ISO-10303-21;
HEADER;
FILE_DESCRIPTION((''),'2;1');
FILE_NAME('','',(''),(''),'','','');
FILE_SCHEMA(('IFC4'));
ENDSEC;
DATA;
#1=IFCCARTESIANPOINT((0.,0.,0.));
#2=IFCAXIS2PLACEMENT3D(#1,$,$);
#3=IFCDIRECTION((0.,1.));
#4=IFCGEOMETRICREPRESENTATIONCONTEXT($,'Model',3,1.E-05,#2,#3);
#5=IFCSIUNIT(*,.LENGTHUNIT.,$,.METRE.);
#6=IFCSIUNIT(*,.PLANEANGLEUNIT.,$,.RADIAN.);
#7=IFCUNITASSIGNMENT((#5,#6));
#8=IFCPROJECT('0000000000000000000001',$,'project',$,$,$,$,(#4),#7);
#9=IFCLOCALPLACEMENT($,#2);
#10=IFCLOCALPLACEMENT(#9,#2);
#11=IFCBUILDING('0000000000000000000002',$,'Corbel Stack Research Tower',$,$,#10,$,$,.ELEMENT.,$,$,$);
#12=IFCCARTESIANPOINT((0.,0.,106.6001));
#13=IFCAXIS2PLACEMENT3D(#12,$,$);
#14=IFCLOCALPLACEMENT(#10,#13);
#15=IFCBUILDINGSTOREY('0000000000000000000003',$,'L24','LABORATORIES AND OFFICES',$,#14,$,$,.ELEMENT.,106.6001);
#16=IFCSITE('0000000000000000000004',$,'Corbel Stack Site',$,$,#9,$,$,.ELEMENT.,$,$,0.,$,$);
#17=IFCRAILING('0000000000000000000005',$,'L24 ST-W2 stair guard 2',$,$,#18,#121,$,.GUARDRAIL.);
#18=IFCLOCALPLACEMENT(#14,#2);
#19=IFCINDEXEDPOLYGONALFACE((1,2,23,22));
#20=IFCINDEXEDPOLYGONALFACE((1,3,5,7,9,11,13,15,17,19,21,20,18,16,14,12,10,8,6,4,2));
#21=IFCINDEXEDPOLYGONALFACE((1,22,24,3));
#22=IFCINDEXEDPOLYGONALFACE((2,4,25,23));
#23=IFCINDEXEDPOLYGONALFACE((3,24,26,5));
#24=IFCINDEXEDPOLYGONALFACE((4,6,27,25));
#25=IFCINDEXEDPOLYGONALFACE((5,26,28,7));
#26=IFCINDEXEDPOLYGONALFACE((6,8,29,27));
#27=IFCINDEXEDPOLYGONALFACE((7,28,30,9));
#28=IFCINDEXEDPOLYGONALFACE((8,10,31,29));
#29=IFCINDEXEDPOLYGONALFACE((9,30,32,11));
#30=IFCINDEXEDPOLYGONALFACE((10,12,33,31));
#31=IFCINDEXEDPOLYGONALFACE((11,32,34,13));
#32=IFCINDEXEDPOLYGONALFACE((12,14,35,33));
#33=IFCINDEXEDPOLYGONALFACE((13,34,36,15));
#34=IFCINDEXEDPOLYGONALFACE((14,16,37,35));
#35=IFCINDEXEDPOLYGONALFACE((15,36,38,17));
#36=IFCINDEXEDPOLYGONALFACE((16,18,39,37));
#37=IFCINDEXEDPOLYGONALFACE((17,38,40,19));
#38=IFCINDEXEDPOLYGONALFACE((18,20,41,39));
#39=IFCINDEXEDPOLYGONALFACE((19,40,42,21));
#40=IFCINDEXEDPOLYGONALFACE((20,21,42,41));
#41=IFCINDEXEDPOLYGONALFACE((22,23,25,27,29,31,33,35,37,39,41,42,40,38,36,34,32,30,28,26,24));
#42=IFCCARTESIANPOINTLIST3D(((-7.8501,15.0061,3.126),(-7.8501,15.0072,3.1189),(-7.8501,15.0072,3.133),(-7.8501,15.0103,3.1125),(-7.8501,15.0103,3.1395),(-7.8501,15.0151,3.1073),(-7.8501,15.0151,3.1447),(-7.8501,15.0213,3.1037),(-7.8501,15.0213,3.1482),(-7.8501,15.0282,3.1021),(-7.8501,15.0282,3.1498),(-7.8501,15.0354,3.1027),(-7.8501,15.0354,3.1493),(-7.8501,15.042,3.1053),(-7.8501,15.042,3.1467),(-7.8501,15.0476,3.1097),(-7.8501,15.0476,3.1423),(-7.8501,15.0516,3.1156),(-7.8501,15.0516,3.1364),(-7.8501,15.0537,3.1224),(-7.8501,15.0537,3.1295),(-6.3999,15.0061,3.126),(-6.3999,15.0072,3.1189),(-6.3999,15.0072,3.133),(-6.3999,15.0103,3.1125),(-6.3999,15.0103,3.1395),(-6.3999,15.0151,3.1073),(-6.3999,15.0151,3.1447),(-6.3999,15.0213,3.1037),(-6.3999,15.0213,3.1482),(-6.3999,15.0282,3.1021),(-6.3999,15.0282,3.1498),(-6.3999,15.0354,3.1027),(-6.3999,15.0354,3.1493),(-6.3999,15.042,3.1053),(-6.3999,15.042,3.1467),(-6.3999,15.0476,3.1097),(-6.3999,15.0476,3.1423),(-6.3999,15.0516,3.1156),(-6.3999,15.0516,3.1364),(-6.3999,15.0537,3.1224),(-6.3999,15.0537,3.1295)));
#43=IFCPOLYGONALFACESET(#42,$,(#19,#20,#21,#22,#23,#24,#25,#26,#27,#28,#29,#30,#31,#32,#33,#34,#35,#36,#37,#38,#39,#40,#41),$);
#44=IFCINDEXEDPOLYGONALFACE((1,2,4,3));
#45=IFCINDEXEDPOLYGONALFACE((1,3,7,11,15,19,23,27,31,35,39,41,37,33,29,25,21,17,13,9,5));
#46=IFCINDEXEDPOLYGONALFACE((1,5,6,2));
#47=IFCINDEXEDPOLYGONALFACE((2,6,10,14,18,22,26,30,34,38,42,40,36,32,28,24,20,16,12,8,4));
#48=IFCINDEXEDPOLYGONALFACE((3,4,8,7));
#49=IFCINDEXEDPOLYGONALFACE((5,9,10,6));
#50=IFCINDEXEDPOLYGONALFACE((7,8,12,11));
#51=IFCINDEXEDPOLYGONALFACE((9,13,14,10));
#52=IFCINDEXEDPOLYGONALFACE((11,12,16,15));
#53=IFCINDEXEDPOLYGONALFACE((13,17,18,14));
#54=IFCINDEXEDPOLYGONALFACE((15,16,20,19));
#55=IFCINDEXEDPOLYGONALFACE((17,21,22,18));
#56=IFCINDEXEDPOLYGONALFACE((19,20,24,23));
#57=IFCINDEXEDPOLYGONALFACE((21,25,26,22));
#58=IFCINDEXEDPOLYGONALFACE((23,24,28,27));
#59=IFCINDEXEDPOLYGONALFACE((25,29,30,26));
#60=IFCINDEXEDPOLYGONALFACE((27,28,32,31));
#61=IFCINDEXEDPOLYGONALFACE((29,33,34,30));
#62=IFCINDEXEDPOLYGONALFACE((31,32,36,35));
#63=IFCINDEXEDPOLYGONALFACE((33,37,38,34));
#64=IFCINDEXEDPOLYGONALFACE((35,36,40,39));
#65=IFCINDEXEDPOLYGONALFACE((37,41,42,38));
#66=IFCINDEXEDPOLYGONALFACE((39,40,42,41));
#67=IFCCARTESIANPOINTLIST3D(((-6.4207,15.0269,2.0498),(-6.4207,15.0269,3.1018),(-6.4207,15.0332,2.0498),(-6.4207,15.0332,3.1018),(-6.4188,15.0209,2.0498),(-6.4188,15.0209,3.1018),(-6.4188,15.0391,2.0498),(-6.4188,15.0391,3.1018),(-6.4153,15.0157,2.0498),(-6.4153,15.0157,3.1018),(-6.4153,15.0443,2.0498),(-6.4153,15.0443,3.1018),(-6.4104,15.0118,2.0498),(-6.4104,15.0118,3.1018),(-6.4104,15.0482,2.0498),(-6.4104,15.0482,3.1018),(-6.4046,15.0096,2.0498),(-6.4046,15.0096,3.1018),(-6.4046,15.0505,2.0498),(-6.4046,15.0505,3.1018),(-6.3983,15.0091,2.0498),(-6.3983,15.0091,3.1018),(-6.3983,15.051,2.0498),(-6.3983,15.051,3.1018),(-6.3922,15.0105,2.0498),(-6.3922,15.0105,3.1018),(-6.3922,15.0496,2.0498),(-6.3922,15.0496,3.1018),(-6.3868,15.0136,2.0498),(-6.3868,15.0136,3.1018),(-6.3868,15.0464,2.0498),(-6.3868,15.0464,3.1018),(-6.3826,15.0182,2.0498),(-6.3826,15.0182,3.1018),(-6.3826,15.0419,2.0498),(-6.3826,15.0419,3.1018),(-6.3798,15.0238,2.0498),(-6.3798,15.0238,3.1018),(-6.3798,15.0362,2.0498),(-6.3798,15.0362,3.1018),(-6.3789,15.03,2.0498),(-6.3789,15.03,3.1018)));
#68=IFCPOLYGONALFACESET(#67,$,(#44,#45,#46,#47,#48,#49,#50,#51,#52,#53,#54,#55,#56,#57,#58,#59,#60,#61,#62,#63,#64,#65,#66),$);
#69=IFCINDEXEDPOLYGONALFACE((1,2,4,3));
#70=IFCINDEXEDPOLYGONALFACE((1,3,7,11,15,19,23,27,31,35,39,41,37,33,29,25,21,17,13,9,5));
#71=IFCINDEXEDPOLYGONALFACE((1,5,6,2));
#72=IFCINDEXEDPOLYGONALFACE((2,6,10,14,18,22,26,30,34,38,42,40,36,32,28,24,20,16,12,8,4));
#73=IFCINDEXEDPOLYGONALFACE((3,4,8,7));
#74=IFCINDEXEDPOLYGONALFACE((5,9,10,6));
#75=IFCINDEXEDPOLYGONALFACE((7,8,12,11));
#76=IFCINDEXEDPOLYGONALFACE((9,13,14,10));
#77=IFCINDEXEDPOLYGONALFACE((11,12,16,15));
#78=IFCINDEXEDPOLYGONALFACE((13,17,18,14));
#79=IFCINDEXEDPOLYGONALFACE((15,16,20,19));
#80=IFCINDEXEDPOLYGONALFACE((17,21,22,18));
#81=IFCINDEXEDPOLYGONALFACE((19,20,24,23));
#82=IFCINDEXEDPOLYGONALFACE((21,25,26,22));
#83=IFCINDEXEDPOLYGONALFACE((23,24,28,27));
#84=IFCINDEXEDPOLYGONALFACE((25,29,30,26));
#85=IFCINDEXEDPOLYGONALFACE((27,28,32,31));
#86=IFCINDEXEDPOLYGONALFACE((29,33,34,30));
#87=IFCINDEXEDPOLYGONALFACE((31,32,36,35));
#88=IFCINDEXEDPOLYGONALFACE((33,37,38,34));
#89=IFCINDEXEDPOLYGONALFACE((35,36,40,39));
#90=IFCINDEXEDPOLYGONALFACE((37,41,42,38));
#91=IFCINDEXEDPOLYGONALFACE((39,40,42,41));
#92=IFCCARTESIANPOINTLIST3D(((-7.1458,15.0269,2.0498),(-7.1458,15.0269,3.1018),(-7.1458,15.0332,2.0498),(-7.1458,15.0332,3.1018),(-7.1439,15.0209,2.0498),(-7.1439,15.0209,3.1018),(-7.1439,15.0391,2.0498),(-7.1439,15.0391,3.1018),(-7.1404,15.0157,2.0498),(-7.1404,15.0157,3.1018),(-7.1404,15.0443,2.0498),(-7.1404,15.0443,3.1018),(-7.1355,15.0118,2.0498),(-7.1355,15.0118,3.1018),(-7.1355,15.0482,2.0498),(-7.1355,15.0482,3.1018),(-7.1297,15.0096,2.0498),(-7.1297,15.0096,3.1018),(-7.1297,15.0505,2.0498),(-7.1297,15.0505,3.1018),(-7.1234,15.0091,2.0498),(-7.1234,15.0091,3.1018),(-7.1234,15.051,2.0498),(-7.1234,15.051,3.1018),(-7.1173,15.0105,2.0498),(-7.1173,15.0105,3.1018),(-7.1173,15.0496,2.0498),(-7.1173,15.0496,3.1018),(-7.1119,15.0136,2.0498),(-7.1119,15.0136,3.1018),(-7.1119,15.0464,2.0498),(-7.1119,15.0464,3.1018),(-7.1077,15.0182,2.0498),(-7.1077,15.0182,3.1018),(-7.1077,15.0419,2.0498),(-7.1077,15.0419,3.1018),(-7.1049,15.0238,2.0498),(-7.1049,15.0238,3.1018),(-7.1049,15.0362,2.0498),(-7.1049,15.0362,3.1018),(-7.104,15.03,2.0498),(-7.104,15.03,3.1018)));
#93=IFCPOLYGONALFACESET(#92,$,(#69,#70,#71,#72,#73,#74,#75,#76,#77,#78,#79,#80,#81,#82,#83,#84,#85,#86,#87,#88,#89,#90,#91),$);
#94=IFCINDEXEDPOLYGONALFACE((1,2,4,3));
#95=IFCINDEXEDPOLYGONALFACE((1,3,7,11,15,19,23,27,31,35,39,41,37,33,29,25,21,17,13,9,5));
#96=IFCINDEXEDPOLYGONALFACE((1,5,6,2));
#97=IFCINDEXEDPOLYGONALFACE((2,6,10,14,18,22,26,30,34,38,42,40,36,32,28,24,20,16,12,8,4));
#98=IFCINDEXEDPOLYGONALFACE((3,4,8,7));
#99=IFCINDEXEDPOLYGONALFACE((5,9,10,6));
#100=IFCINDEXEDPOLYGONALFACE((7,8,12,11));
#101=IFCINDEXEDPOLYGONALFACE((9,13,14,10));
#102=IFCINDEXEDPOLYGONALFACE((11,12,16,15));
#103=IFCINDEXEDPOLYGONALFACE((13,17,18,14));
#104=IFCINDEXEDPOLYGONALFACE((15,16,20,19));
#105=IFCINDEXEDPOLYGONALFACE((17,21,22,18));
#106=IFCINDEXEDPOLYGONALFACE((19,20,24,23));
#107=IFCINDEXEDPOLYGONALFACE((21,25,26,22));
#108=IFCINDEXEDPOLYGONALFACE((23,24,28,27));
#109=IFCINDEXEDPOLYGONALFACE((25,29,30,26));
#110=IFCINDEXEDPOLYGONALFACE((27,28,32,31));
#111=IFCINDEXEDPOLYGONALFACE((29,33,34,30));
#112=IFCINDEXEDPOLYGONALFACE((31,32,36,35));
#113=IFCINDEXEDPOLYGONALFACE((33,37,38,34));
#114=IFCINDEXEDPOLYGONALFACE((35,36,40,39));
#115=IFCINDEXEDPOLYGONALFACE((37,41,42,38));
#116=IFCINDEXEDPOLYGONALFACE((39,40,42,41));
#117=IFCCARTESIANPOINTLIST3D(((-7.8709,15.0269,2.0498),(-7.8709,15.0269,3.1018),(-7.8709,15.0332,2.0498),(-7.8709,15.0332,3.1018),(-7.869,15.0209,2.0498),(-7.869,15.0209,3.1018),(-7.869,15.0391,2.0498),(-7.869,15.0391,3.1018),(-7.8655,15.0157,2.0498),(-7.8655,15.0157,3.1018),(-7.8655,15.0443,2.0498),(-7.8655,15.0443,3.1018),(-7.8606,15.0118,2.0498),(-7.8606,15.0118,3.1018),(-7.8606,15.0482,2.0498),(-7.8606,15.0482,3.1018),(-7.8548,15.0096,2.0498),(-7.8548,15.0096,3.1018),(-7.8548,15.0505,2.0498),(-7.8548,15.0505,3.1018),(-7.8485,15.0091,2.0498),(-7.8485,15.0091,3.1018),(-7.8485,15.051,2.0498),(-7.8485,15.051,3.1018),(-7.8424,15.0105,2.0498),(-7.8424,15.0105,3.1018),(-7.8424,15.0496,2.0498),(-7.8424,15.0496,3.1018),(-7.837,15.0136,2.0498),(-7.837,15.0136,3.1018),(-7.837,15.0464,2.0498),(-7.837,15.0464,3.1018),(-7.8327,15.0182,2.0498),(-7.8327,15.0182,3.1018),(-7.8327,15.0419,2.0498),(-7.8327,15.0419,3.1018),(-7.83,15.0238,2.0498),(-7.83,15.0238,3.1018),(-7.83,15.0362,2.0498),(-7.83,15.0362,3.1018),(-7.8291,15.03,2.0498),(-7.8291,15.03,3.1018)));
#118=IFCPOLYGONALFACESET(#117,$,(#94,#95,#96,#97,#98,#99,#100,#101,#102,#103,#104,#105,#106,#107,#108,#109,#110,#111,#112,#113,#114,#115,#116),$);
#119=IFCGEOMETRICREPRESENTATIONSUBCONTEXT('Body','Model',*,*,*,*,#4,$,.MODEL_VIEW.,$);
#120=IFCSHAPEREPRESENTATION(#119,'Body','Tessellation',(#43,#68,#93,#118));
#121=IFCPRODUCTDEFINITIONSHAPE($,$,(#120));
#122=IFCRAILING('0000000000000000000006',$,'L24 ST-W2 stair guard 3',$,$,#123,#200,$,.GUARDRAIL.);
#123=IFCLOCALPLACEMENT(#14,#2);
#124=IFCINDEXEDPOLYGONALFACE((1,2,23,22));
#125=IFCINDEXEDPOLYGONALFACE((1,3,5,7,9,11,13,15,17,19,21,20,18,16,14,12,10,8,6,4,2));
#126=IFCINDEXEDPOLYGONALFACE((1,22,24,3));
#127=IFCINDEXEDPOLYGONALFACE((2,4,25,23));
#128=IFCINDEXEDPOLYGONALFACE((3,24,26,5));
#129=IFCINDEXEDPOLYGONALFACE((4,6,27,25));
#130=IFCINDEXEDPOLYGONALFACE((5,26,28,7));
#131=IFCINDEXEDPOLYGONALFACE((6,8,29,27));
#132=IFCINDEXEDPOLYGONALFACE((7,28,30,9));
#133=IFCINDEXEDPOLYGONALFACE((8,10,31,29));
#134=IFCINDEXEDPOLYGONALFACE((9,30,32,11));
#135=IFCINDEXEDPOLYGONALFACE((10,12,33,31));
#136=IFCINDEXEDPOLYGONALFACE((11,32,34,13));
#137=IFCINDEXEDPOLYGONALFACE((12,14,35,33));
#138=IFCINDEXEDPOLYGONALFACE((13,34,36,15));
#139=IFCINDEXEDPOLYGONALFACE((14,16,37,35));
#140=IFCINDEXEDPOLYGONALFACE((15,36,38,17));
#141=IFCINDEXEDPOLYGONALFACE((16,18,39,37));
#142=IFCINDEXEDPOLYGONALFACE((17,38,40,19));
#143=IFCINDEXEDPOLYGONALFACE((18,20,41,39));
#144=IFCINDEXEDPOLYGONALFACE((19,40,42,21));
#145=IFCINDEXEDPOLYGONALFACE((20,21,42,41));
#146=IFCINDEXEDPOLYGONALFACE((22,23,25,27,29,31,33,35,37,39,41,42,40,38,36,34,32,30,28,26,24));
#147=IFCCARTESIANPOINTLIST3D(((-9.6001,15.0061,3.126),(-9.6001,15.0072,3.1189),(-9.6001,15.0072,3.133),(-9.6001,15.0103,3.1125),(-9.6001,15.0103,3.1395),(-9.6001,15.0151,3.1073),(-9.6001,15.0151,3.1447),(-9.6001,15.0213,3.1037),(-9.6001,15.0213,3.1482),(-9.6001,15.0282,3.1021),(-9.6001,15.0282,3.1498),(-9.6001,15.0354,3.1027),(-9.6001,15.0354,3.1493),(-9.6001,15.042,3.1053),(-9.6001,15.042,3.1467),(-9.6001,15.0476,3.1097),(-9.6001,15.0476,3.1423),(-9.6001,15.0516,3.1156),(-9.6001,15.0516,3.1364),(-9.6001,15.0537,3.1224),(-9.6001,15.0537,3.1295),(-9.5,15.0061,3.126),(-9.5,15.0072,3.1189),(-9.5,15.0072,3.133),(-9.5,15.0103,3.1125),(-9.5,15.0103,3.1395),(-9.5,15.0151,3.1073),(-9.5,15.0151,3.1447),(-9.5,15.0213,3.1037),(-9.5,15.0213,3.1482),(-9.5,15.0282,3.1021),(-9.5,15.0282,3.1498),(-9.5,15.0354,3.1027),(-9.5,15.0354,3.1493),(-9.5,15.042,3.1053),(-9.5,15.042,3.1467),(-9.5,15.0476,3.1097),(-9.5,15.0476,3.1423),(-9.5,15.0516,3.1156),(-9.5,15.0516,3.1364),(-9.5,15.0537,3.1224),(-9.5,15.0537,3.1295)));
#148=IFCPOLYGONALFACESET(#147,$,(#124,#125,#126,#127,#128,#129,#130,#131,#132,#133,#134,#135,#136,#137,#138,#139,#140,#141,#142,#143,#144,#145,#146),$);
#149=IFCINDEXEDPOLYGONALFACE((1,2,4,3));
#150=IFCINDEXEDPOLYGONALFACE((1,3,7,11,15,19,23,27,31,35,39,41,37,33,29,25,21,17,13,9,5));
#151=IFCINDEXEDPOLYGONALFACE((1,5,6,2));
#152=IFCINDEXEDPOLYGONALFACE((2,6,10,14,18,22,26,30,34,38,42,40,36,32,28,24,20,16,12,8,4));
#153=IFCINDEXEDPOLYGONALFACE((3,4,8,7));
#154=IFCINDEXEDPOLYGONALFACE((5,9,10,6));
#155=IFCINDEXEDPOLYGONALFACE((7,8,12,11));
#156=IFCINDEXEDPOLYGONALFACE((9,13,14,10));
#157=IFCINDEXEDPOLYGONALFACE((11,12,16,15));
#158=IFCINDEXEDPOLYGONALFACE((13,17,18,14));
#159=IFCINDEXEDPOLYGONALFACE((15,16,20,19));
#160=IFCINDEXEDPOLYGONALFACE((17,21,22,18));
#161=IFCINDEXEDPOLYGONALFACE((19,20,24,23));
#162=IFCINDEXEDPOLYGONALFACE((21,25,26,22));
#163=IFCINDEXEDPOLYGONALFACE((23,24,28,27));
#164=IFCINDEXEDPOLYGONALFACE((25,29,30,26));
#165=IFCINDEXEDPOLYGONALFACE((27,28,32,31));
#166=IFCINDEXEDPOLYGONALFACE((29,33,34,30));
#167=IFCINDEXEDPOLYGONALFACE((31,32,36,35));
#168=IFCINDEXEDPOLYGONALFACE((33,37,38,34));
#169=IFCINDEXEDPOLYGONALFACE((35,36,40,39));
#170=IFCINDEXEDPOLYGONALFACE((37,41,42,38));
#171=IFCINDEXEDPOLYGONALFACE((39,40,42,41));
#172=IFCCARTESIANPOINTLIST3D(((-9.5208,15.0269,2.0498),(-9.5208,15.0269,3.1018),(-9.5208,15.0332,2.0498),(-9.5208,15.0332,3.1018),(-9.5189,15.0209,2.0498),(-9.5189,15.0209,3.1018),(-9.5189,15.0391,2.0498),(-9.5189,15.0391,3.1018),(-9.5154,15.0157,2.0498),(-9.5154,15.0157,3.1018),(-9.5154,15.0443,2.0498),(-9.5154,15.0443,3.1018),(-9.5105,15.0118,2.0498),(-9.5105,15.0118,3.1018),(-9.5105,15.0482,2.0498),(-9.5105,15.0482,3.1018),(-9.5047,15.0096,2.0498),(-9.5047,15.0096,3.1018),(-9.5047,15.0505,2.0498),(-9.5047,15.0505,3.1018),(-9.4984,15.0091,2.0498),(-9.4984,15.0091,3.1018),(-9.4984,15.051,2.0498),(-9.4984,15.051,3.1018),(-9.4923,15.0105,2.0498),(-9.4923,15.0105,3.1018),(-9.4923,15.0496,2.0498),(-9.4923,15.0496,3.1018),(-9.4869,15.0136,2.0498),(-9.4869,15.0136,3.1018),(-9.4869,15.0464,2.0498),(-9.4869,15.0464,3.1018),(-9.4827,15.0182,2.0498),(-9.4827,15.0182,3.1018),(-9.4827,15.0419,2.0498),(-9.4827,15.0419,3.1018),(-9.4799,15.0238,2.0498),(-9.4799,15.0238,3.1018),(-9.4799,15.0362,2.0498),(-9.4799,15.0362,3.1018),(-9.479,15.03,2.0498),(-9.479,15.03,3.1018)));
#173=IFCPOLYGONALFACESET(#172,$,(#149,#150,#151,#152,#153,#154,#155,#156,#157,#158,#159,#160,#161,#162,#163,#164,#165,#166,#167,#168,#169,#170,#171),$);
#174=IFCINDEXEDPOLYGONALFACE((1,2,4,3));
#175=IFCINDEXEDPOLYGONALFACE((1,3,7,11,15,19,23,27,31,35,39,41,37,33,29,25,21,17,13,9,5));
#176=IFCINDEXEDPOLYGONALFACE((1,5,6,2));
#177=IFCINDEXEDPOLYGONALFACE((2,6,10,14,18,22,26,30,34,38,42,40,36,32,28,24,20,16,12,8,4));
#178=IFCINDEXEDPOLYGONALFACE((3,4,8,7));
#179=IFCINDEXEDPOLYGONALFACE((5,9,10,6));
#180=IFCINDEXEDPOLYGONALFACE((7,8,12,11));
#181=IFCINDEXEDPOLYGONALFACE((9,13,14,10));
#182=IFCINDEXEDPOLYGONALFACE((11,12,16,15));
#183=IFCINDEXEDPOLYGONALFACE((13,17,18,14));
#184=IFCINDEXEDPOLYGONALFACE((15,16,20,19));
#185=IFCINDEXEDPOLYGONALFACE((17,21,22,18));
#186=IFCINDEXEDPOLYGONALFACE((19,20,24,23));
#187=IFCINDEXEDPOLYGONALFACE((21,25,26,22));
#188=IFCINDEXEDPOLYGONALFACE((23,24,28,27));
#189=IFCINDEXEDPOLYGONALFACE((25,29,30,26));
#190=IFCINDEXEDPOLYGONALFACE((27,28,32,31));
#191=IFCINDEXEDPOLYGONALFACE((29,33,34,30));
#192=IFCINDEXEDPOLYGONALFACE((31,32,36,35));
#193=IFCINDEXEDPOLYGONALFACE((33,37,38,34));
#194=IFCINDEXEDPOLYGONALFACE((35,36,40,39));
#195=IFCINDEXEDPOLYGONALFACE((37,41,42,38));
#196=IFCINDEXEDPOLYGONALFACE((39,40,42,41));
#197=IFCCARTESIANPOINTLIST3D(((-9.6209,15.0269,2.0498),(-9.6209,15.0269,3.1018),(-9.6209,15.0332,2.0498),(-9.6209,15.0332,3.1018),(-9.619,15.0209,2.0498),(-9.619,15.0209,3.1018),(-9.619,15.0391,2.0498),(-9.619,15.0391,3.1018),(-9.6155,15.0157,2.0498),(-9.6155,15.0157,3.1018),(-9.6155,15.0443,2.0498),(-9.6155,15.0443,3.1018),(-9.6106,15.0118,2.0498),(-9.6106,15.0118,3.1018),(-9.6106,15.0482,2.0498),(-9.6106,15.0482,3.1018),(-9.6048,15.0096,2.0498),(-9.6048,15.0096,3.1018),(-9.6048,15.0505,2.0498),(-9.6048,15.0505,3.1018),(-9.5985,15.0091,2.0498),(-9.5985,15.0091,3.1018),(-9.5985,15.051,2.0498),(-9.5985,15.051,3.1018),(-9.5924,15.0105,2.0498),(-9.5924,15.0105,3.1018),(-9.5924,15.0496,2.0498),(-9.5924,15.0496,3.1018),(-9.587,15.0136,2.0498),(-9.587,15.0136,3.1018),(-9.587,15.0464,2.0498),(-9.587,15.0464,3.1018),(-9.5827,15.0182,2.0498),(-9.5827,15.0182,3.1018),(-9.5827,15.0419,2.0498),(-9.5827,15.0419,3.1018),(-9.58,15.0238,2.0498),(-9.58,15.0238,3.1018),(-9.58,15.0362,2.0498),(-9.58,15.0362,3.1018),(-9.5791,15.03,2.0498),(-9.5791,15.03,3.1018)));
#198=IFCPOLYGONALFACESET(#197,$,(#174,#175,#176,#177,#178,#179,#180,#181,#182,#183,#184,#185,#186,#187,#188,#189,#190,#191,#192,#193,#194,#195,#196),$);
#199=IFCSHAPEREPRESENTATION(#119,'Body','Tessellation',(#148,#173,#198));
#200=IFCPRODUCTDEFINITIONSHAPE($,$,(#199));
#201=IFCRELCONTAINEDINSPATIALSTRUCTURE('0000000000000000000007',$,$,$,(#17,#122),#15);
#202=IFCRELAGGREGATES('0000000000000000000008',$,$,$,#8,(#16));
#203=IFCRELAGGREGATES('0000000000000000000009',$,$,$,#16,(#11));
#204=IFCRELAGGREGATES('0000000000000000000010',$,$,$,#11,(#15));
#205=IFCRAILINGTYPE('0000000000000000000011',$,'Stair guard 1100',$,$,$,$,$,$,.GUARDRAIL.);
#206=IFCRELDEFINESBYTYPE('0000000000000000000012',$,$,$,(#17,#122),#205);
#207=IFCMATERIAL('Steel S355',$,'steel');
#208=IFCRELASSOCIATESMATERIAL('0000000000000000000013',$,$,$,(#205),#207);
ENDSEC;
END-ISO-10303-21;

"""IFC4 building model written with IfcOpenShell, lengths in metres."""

from ifc_helpers import new_model, si_unit, direction, frame, origin, origin_2d, place, context, subcontext, project, spatial, circle, extrude, material, type_object, element, save


model = new_model("IFC4")

# Units and contexts
model_context = context("Model", 3, precision=1e-05, world=origin(), true_north=direction((0.0, 1.0)))
body_context = subcontext(model_context, "Body", "Model", "MODEL_VIEW")
ifc_project = project(units=[si_unit("LENGTHUNIT", "METRE"), si_unit("PLANEANGLEUNIT", "RADIAN")], contexts=[model_context])

# Site, building, storey
site_placement = place(None, origin())
site = spatial("IfcSite", under=ifc_project, at=site_placement, Name="Corbel Stack Site", CompositionType="ELEMENT", RefElevation=0.0)
building_placement = place(site_placement, origin())
building = spatial("IfcBuilding", under=site, at=building_placement, Name="Corbel Stack Research Tower", CompositionType="ELEMENT")
storey_placement = place(building_placement, frame((0.0, 0.0, 106.6001)))
storey = spatial("IfcBuildingStorey", under=building, at=storey_placement, Name="L24", Description="LABORATORIES AND OFFICES", CompositionType="ELEMENT", Elevation=106.6001)

# Railings
ifc_material_1 = material(Name="Steel S355", Category="steel")
railing_type_1 = type_object("IfcRailingType", Name="Stair guard 1100", PredefinedType="GUARDRAIL", material=ifc_material_1)
railing_1_placement = place(storey_placement, frame((-6.3999, 15.03, 2.0498)))
element("IfcRailing", 1, at=railing_1_placement, inside=storey, type_object=railing_type_1, Name="L24 ST-W2 stair guard 2", PredefinedType="GUARDRAIL", context=body_context, shape_type="SweptSolid", body=[
    extrude(circle(Radius=0.0239, at=origin_2d()), frame((0.0, 0.0, 1.0762), z_axis=(-1.0, 0.0, 0.0), x_axis=(0.0, -1.0, 0.0)), (0.0, 0.0, 1.0), 1.4502),
    extrude(circle(Radius=0.021, at=origin_2d()), origin(), (0.0, 0.0, 1.0), 1.052),
    extrude(circle(Radius=0.021, at=origin_2d()), frame((-0.7251, 0.0, 0.0)), (0.0, 0.0, 1.0), 1.052),
    extrude(circle(Radius=0.021, at=origin_2d()), frame((-1.4502, 0.0, 0.0)), (0.0, 0.0, 1.0), 1.052),
])
railing_2_placement = place(storey_placement, frame((-9.5, 15.03, 2.0498)))
element("IfcRailing", 2, at=railing_2_placement, inside=storey, type_object=railing_type_1, Name="L24 ST-W2 stair guard 3", PredefinedType="GUARDRAIL", context=body_context, shape_type="SweptSolid", body=[
    extrude(circle(Radius=0.0239, at=origin_2d()), frame((0.0, 0.0, 1.0762), z_axis=(-1.0, 0.0, 0.0), x_axis=(0.0, -1.0, 0.0)), (0.0, 0.0, 1.0), 0.1001),
    extrude(circle(Radius=0.021, at=origin_2d()), origin(), (0.0, 0.0, 1.0), 1.052),
    extrude(circle(Radius=0.021, at=origin_2d()), frame((-0.1001, 0.0, 0.0)), (0.0, 0.0, 1.0), 1.052),
])

save(model, "model.ifc")
